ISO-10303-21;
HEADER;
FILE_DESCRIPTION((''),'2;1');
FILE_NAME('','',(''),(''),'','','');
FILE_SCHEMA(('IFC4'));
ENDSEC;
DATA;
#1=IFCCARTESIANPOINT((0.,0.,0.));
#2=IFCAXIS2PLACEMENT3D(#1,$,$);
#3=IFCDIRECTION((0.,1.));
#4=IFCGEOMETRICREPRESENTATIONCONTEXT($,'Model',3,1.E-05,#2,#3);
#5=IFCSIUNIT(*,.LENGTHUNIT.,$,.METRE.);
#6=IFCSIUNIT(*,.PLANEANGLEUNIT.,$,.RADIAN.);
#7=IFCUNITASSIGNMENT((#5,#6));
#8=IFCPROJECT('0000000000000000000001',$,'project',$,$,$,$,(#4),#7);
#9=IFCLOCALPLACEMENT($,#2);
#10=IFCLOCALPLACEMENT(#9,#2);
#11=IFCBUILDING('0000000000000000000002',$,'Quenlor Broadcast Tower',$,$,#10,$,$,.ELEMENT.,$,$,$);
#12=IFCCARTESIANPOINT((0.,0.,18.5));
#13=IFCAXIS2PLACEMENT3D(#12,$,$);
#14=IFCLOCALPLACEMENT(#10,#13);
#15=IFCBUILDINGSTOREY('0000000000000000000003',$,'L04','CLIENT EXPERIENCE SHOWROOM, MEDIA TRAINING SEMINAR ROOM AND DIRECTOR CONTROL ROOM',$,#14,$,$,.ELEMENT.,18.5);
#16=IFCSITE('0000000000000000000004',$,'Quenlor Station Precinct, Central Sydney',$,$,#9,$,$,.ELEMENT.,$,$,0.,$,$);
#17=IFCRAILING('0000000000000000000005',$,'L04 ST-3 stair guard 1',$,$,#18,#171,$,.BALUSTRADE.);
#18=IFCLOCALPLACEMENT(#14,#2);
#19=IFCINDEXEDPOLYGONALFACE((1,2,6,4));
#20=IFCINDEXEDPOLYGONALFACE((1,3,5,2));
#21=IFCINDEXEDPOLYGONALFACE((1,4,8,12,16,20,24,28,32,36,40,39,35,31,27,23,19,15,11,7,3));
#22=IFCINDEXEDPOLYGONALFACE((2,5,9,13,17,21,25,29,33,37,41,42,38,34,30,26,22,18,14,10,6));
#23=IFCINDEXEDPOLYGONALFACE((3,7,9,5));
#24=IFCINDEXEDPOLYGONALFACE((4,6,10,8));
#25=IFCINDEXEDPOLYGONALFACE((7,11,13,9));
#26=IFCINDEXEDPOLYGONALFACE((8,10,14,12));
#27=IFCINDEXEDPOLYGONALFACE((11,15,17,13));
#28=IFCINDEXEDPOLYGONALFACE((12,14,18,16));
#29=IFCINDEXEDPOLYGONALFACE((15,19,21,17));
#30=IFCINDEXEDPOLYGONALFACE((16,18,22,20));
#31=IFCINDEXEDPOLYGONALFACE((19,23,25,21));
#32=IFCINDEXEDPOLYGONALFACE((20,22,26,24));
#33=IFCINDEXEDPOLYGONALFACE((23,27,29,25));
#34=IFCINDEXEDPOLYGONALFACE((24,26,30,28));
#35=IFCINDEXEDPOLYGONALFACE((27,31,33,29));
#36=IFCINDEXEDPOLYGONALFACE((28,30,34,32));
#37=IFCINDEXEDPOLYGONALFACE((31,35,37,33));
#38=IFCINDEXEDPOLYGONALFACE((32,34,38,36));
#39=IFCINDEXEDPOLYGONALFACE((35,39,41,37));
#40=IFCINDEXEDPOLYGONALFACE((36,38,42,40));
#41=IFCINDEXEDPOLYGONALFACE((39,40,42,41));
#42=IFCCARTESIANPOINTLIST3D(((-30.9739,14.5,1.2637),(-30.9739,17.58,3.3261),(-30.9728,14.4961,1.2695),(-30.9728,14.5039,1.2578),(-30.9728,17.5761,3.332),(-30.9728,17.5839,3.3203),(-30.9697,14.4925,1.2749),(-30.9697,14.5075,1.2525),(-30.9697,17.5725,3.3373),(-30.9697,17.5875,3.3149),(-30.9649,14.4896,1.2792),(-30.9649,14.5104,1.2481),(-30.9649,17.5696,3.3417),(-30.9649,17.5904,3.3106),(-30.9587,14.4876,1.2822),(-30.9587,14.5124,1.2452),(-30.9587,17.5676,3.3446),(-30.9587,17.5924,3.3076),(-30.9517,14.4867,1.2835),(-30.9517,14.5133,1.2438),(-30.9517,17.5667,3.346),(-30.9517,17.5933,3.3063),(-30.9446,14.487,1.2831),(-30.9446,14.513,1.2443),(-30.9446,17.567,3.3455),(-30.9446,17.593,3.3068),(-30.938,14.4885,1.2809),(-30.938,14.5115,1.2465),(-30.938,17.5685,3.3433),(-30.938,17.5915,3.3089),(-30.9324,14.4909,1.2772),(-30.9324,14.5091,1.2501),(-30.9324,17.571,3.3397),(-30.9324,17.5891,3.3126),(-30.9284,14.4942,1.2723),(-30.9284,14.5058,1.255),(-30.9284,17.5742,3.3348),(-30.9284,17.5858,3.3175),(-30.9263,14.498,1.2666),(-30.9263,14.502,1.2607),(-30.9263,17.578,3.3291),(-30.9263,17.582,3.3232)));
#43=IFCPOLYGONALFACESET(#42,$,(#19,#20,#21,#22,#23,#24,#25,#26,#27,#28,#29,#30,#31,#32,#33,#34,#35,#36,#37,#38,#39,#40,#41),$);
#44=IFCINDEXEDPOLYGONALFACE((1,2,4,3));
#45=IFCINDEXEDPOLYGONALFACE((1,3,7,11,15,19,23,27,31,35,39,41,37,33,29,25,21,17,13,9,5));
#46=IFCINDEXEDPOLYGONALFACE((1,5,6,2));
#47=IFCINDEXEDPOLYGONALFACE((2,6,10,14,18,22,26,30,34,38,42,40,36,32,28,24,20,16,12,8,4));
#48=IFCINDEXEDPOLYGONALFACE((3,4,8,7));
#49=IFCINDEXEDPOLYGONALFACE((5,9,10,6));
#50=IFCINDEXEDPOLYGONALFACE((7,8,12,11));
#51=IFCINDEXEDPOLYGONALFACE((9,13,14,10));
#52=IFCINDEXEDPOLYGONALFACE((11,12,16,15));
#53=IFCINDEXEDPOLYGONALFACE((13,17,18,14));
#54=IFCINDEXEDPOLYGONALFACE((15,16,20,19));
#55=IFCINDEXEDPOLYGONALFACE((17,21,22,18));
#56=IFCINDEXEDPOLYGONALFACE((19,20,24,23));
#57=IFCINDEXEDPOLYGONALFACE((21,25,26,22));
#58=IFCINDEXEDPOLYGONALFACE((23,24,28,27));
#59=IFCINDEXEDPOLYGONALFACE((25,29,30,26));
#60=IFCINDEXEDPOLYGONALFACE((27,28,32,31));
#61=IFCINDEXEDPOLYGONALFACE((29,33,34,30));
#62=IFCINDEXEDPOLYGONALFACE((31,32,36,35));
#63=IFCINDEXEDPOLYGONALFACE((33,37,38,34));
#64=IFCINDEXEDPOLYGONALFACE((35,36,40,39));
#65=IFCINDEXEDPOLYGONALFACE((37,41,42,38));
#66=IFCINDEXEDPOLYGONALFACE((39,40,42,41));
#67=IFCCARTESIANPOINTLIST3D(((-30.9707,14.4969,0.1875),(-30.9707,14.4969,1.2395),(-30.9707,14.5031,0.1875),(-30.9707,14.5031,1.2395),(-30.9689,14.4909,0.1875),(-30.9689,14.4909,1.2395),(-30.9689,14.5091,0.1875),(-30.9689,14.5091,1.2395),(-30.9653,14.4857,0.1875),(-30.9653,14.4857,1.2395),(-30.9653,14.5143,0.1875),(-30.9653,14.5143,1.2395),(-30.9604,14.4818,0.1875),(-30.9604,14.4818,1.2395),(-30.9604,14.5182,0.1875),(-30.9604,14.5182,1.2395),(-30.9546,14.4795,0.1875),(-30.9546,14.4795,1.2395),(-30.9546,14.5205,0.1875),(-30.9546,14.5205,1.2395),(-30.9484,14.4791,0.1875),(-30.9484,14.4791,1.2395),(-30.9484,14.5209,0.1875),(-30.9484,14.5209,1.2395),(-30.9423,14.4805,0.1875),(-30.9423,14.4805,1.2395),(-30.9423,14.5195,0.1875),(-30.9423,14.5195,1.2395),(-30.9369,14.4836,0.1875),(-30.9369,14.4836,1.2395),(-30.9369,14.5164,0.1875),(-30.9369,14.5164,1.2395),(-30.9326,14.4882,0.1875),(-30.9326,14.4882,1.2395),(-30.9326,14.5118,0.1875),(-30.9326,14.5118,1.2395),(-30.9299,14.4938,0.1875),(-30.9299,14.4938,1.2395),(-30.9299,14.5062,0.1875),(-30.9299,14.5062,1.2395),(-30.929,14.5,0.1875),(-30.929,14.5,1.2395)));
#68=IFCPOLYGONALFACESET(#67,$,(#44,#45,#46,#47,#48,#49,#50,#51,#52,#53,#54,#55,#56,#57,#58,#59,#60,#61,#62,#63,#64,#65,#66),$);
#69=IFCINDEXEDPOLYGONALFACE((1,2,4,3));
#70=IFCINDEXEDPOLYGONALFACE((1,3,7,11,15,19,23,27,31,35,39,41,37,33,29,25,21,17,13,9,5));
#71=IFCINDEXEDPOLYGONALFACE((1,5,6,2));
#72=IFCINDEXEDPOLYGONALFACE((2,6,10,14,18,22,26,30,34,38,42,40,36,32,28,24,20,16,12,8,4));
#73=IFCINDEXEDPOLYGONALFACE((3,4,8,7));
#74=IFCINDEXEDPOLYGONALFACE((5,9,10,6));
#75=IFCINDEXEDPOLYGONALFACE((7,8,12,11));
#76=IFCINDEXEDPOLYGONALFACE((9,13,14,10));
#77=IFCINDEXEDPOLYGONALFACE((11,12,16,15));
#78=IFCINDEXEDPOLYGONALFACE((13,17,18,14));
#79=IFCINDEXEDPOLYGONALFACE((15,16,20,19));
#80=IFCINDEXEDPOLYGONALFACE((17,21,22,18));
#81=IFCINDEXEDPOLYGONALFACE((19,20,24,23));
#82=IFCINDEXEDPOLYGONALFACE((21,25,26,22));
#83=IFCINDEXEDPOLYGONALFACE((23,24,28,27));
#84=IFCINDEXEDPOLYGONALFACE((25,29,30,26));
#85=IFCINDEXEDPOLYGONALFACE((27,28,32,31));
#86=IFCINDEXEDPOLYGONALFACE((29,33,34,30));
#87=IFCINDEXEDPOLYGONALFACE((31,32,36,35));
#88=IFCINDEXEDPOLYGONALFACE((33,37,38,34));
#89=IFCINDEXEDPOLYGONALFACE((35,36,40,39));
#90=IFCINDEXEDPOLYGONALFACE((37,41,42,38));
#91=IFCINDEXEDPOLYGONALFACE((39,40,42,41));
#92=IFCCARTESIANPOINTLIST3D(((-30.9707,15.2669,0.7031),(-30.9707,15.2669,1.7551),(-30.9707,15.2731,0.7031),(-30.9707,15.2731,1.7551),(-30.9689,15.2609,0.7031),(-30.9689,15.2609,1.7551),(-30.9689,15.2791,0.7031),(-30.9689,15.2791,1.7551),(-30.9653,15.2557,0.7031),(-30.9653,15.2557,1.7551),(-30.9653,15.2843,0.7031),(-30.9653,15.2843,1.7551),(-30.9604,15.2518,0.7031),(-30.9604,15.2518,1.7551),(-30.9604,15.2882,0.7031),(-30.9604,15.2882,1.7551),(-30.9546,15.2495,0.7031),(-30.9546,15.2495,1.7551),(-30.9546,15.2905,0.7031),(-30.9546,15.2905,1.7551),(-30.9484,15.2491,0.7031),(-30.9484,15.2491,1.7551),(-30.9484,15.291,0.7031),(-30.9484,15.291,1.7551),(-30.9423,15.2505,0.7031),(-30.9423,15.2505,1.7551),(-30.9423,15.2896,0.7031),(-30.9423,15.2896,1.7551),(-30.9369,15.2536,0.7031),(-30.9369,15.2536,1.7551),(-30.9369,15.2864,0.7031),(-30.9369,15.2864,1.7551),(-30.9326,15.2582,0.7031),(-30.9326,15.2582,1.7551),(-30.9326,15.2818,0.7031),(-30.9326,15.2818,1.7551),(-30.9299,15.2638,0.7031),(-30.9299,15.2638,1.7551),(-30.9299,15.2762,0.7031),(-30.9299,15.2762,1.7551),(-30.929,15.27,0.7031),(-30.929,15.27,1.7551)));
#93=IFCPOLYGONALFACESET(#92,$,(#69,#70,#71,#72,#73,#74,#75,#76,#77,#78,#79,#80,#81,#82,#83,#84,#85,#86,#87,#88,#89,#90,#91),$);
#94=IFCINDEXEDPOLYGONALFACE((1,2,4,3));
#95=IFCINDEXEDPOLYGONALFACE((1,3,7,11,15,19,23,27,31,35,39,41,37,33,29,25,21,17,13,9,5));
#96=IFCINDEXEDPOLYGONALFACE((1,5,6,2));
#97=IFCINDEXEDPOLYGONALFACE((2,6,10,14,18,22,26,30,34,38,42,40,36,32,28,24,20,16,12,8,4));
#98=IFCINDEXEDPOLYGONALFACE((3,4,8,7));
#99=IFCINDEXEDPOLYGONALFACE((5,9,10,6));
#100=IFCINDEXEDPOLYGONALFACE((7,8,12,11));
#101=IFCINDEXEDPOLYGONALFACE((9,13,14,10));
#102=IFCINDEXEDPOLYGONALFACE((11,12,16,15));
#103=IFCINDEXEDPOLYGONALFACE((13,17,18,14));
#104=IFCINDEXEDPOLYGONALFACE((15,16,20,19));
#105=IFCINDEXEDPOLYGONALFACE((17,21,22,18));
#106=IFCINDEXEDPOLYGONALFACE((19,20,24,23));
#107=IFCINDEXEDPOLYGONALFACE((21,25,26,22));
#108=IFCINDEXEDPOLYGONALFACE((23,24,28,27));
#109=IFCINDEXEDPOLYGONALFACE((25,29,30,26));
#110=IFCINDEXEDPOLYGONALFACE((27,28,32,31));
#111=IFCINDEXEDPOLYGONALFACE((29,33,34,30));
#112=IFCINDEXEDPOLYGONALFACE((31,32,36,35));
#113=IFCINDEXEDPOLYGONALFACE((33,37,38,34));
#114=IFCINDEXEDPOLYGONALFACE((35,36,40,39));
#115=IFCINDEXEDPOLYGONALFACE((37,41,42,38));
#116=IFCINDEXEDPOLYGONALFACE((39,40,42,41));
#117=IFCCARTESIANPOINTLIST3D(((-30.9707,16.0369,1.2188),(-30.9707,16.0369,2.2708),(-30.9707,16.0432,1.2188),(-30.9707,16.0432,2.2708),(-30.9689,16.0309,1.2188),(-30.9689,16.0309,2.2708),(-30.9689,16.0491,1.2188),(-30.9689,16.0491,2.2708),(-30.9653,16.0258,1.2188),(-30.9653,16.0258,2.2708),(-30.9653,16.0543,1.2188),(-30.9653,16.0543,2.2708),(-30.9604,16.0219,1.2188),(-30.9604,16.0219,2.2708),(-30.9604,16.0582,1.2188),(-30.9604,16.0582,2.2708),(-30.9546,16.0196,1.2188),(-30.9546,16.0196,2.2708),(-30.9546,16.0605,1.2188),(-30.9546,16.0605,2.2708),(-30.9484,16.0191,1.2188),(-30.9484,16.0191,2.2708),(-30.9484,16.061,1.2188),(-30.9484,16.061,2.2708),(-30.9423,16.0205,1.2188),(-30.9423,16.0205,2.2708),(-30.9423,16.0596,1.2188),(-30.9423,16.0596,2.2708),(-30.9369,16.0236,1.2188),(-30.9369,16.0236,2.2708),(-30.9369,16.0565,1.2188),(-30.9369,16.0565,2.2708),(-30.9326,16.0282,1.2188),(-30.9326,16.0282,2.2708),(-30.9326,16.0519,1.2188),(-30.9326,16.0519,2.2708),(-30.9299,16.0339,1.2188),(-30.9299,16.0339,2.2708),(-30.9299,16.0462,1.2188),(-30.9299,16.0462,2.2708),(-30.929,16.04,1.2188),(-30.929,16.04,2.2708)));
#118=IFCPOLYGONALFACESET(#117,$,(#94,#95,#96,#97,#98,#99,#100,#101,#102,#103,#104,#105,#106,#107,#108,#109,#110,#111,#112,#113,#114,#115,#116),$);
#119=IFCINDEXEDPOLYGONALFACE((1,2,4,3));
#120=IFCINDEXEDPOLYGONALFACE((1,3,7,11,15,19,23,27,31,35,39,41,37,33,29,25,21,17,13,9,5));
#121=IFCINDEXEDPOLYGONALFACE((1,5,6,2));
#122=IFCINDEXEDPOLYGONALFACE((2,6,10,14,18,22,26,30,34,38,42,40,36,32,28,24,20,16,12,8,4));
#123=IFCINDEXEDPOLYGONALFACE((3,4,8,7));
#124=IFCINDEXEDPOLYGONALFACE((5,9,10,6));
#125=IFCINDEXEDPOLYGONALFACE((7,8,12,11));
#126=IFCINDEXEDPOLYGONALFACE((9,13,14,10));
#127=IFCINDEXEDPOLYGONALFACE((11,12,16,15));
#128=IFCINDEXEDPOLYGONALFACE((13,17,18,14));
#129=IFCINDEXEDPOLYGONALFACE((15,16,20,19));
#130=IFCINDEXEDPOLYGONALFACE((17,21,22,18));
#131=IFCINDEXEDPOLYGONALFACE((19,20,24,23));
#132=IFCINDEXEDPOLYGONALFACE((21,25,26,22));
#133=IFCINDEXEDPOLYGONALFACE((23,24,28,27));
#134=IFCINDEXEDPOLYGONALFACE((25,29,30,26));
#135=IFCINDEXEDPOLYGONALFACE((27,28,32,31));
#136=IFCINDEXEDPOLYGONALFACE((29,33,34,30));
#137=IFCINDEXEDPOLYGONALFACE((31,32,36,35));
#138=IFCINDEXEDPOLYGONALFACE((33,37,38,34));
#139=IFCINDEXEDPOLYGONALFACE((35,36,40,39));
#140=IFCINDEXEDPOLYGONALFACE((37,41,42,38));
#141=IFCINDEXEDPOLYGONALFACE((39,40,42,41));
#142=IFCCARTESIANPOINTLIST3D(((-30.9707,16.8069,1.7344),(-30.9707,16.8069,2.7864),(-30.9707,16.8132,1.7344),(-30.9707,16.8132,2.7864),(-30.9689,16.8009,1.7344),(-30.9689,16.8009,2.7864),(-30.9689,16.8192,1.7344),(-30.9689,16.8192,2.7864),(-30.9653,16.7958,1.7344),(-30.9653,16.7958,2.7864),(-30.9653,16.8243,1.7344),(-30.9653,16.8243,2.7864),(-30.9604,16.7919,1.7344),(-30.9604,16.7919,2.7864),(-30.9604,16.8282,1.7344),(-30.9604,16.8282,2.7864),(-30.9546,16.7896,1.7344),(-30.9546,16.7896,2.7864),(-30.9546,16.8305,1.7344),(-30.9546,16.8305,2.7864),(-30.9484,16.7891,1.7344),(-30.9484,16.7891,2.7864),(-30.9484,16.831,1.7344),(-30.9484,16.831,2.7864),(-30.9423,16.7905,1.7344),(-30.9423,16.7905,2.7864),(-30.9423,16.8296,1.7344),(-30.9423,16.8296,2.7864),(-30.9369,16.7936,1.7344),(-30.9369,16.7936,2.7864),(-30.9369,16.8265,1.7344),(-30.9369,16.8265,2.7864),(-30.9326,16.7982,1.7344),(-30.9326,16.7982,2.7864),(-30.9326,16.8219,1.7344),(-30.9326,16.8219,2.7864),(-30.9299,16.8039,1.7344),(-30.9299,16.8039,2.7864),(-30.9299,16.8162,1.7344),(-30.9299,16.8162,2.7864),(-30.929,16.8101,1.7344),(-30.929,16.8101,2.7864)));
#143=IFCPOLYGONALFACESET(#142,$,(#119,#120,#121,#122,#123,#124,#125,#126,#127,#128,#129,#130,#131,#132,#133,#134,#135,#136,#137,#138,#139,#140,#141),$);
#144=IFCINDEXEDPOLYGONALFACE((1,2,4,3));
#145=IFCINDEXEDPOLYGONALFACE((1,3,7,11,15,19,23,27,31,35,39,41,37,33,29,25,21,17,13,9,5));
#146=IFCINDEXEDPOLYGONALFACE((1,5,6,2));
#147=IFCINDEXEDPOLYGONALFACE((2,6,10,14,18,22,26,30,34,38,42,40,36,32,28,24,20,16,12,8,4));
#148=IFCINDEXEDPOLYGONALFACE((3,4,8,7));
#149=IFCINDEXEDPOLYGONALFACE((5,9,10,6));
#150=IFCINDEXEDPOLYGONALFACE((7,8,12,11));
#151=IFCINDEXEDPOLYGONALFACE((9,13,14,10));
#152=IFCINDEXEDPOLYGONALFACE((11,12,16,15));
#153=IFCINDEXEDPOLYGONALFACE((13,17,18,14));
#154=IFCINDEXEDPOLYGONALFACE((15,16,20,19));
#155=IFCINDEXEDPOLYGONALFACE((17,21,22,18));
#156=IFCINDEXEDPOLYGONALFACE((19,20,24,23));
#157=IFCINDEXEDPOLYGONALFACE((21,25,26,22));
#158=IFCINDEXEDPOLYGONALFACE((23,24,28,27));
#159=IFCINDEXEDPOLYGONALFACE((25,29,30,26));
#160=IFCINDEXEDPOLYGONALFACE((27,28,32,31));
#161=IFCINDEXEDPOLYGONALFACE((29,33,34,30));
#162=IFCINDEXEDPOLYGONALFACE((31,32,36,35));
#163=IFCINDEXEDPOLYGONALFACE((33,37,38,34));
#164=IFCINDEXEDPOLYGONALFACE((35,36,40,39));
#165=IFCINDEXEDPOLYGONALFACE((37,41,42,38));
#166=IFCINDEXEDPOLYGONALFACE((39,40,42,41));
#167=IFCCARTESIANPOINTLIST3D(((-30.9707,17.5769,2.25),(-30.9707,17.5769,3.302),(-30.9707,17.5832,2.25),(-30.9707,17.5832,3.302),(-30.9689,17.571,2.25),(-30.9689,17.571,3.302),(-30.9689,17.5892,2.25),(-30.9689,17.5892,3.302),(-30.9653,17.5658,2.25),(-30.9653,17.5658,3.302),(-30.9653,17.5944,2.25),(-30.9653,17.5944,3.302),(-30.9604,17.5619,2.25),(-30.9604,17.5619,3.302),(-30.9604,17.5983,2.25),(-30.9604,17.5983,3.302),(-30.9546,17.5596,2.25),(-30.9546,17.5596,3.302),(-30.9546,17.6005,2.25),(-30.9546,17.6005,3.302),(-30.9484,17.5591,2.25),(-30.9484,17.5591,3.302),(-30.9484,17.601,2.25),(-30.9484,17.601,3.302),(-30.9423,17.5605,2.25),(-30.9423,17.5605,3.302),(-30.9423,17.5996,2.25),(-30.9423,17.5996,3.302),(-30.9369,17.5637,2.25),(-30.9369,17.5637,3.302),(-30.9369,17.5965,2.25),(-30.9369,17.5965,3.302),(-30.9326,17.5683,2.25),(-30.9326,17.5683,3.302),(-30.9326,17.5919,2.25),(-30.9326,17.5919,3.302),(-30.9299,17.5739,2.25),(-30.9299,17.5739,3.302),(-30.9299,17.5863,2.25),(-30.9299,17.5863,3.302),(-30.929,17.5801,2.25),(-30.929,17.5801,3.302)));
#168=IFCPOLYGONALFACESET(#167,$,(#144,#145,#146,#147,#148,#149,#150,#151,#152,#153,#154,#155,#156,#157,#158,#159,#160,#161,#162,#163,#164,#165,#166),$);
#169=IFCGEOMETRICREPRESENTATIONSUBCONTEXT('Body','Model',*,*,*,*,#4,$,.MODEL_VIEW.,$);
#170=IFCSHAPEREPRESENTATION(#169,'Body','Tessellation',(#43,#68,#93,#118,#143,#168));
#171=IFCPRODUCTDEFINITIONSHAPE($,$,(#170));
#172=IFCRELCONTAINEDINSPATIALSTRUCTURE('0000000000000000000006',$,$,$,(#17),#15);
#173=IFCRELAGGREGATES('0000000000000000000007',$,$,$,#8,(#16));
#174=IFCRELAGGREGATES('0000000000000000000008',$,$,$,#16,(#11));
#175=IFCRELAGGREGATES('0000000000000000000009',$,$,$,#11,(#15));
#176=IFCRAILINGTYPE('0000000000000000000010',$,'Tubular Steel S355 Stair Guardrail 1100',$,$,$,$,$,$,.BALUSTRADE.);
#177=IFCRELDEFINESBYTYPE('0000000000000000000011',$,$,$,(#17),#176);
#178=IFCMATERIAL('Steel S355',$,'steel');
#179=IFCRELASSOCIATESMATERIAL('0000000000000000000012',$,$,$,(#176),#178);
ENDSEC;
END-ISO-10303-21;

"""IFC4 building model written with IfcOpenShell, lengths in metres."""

from ifc_helpers import new_model, si_unit, direction, frame, origin, origin_2d, place, context, subcontext, project, spatial, circle, extrude, material, type_object, element, save


model = new_model("IFC4")

# Units and contexts
model_context = context("Model", 3, precision=1e-05, world=origin(), true_north=direction((0.0, 1.0)))
body_context = subcontext(model_context, "Body", "Model", "MODEL_VIEW")
ifc_project = project(units=[si_unit("LENGTHUNIT", "METRE"), si_unit("PLANEANGLEUNIT", "RADIAN")], contexts=[model_context])

# Site, building, storey
site_placement = place(None, origin())
site = spatial("IfcSite", under=ifc_project, at=site_placement, Name="Quenlor Station Precinct, Central Sydney", CompositionType="ELEMENT", RefElevation=0.0)
building_placement = place(site_placement, origin())
building = spatial("IfcBuilding", under=site, at=building_placement, Name="Quenlor Broadcast Tower", CompositionType="ELEMENT")
storey_placement = place(building_placement, frame((0.0, 0.0, 18.5)))
storey = spatial("IfcBuildingStorey", under=building, at=storey_placement, Name="L04", Description="CLIENT EXPERIENCE SHOWROOM, MEDIA TRAINING SEMINAR ROOM AND DIRECTOR CONTROL ROOM", CompositionType="ELEMENT", Elevation=18.5)

# Railing
ifc_material_1 = material(Name="Steel S355", Category="steel")
railing_type_1 = type_object("IfcRailingType", Name="Tubular Steel S355 Stair Guardrail 1100", PredefinedType="BALUSTRADE", material=ifc_material_1)
railing_1_placement = place(storey_placement, frame((-30.95, 14.5, 0.1875)))
element("IfcRailing", 1, at=railing_1_placement, inside=storey, type_object=railing_type_1, Name="L04 ST-3 stair guard 1", PredefinedType="BALUSTRADE", context=body_context, shape_type="SweptSolid", body=[
    extrude(circle(Radius=0.0239, at=origin_2d()), frame((0.0, 0.0, 1.0762), z_axis=(0.0, 0.830914, 0.556401), x_axis=(-1.0, 0.0, 0.0)), (0.0, 0.0, 1.0), 3.7068),
    extrude(circle(Radius=0.021, at=origin_2d()), origin(), (0.0, 0.0, 1.0), 1.052),
    extrude(circle(Radius=0.021, at=origin_2d()), frame((0.0, 0.77, 0.5156)), (0.0, 0.0, 1.0), 1.052),
    extrude(circle(Radius=0.021, at=origin_2d()), frame((0.0, 1.54, 1.0312)), (0.0, 0.0, 1.0), 1.052),
    extrude(circle(Radius=0.021, at=origin_2d()), frame((0.0, 2.3101, 1.5469)), (0.0, 0.0, 1.0), 1.052),
    extrude(circle(Radius=0.021, at=origin_2d()), frame((0.0, 3.0801, 2.0625)), (0.0, 0.0, 1.0), 1.052),
])

save(model, "model.ifc")
